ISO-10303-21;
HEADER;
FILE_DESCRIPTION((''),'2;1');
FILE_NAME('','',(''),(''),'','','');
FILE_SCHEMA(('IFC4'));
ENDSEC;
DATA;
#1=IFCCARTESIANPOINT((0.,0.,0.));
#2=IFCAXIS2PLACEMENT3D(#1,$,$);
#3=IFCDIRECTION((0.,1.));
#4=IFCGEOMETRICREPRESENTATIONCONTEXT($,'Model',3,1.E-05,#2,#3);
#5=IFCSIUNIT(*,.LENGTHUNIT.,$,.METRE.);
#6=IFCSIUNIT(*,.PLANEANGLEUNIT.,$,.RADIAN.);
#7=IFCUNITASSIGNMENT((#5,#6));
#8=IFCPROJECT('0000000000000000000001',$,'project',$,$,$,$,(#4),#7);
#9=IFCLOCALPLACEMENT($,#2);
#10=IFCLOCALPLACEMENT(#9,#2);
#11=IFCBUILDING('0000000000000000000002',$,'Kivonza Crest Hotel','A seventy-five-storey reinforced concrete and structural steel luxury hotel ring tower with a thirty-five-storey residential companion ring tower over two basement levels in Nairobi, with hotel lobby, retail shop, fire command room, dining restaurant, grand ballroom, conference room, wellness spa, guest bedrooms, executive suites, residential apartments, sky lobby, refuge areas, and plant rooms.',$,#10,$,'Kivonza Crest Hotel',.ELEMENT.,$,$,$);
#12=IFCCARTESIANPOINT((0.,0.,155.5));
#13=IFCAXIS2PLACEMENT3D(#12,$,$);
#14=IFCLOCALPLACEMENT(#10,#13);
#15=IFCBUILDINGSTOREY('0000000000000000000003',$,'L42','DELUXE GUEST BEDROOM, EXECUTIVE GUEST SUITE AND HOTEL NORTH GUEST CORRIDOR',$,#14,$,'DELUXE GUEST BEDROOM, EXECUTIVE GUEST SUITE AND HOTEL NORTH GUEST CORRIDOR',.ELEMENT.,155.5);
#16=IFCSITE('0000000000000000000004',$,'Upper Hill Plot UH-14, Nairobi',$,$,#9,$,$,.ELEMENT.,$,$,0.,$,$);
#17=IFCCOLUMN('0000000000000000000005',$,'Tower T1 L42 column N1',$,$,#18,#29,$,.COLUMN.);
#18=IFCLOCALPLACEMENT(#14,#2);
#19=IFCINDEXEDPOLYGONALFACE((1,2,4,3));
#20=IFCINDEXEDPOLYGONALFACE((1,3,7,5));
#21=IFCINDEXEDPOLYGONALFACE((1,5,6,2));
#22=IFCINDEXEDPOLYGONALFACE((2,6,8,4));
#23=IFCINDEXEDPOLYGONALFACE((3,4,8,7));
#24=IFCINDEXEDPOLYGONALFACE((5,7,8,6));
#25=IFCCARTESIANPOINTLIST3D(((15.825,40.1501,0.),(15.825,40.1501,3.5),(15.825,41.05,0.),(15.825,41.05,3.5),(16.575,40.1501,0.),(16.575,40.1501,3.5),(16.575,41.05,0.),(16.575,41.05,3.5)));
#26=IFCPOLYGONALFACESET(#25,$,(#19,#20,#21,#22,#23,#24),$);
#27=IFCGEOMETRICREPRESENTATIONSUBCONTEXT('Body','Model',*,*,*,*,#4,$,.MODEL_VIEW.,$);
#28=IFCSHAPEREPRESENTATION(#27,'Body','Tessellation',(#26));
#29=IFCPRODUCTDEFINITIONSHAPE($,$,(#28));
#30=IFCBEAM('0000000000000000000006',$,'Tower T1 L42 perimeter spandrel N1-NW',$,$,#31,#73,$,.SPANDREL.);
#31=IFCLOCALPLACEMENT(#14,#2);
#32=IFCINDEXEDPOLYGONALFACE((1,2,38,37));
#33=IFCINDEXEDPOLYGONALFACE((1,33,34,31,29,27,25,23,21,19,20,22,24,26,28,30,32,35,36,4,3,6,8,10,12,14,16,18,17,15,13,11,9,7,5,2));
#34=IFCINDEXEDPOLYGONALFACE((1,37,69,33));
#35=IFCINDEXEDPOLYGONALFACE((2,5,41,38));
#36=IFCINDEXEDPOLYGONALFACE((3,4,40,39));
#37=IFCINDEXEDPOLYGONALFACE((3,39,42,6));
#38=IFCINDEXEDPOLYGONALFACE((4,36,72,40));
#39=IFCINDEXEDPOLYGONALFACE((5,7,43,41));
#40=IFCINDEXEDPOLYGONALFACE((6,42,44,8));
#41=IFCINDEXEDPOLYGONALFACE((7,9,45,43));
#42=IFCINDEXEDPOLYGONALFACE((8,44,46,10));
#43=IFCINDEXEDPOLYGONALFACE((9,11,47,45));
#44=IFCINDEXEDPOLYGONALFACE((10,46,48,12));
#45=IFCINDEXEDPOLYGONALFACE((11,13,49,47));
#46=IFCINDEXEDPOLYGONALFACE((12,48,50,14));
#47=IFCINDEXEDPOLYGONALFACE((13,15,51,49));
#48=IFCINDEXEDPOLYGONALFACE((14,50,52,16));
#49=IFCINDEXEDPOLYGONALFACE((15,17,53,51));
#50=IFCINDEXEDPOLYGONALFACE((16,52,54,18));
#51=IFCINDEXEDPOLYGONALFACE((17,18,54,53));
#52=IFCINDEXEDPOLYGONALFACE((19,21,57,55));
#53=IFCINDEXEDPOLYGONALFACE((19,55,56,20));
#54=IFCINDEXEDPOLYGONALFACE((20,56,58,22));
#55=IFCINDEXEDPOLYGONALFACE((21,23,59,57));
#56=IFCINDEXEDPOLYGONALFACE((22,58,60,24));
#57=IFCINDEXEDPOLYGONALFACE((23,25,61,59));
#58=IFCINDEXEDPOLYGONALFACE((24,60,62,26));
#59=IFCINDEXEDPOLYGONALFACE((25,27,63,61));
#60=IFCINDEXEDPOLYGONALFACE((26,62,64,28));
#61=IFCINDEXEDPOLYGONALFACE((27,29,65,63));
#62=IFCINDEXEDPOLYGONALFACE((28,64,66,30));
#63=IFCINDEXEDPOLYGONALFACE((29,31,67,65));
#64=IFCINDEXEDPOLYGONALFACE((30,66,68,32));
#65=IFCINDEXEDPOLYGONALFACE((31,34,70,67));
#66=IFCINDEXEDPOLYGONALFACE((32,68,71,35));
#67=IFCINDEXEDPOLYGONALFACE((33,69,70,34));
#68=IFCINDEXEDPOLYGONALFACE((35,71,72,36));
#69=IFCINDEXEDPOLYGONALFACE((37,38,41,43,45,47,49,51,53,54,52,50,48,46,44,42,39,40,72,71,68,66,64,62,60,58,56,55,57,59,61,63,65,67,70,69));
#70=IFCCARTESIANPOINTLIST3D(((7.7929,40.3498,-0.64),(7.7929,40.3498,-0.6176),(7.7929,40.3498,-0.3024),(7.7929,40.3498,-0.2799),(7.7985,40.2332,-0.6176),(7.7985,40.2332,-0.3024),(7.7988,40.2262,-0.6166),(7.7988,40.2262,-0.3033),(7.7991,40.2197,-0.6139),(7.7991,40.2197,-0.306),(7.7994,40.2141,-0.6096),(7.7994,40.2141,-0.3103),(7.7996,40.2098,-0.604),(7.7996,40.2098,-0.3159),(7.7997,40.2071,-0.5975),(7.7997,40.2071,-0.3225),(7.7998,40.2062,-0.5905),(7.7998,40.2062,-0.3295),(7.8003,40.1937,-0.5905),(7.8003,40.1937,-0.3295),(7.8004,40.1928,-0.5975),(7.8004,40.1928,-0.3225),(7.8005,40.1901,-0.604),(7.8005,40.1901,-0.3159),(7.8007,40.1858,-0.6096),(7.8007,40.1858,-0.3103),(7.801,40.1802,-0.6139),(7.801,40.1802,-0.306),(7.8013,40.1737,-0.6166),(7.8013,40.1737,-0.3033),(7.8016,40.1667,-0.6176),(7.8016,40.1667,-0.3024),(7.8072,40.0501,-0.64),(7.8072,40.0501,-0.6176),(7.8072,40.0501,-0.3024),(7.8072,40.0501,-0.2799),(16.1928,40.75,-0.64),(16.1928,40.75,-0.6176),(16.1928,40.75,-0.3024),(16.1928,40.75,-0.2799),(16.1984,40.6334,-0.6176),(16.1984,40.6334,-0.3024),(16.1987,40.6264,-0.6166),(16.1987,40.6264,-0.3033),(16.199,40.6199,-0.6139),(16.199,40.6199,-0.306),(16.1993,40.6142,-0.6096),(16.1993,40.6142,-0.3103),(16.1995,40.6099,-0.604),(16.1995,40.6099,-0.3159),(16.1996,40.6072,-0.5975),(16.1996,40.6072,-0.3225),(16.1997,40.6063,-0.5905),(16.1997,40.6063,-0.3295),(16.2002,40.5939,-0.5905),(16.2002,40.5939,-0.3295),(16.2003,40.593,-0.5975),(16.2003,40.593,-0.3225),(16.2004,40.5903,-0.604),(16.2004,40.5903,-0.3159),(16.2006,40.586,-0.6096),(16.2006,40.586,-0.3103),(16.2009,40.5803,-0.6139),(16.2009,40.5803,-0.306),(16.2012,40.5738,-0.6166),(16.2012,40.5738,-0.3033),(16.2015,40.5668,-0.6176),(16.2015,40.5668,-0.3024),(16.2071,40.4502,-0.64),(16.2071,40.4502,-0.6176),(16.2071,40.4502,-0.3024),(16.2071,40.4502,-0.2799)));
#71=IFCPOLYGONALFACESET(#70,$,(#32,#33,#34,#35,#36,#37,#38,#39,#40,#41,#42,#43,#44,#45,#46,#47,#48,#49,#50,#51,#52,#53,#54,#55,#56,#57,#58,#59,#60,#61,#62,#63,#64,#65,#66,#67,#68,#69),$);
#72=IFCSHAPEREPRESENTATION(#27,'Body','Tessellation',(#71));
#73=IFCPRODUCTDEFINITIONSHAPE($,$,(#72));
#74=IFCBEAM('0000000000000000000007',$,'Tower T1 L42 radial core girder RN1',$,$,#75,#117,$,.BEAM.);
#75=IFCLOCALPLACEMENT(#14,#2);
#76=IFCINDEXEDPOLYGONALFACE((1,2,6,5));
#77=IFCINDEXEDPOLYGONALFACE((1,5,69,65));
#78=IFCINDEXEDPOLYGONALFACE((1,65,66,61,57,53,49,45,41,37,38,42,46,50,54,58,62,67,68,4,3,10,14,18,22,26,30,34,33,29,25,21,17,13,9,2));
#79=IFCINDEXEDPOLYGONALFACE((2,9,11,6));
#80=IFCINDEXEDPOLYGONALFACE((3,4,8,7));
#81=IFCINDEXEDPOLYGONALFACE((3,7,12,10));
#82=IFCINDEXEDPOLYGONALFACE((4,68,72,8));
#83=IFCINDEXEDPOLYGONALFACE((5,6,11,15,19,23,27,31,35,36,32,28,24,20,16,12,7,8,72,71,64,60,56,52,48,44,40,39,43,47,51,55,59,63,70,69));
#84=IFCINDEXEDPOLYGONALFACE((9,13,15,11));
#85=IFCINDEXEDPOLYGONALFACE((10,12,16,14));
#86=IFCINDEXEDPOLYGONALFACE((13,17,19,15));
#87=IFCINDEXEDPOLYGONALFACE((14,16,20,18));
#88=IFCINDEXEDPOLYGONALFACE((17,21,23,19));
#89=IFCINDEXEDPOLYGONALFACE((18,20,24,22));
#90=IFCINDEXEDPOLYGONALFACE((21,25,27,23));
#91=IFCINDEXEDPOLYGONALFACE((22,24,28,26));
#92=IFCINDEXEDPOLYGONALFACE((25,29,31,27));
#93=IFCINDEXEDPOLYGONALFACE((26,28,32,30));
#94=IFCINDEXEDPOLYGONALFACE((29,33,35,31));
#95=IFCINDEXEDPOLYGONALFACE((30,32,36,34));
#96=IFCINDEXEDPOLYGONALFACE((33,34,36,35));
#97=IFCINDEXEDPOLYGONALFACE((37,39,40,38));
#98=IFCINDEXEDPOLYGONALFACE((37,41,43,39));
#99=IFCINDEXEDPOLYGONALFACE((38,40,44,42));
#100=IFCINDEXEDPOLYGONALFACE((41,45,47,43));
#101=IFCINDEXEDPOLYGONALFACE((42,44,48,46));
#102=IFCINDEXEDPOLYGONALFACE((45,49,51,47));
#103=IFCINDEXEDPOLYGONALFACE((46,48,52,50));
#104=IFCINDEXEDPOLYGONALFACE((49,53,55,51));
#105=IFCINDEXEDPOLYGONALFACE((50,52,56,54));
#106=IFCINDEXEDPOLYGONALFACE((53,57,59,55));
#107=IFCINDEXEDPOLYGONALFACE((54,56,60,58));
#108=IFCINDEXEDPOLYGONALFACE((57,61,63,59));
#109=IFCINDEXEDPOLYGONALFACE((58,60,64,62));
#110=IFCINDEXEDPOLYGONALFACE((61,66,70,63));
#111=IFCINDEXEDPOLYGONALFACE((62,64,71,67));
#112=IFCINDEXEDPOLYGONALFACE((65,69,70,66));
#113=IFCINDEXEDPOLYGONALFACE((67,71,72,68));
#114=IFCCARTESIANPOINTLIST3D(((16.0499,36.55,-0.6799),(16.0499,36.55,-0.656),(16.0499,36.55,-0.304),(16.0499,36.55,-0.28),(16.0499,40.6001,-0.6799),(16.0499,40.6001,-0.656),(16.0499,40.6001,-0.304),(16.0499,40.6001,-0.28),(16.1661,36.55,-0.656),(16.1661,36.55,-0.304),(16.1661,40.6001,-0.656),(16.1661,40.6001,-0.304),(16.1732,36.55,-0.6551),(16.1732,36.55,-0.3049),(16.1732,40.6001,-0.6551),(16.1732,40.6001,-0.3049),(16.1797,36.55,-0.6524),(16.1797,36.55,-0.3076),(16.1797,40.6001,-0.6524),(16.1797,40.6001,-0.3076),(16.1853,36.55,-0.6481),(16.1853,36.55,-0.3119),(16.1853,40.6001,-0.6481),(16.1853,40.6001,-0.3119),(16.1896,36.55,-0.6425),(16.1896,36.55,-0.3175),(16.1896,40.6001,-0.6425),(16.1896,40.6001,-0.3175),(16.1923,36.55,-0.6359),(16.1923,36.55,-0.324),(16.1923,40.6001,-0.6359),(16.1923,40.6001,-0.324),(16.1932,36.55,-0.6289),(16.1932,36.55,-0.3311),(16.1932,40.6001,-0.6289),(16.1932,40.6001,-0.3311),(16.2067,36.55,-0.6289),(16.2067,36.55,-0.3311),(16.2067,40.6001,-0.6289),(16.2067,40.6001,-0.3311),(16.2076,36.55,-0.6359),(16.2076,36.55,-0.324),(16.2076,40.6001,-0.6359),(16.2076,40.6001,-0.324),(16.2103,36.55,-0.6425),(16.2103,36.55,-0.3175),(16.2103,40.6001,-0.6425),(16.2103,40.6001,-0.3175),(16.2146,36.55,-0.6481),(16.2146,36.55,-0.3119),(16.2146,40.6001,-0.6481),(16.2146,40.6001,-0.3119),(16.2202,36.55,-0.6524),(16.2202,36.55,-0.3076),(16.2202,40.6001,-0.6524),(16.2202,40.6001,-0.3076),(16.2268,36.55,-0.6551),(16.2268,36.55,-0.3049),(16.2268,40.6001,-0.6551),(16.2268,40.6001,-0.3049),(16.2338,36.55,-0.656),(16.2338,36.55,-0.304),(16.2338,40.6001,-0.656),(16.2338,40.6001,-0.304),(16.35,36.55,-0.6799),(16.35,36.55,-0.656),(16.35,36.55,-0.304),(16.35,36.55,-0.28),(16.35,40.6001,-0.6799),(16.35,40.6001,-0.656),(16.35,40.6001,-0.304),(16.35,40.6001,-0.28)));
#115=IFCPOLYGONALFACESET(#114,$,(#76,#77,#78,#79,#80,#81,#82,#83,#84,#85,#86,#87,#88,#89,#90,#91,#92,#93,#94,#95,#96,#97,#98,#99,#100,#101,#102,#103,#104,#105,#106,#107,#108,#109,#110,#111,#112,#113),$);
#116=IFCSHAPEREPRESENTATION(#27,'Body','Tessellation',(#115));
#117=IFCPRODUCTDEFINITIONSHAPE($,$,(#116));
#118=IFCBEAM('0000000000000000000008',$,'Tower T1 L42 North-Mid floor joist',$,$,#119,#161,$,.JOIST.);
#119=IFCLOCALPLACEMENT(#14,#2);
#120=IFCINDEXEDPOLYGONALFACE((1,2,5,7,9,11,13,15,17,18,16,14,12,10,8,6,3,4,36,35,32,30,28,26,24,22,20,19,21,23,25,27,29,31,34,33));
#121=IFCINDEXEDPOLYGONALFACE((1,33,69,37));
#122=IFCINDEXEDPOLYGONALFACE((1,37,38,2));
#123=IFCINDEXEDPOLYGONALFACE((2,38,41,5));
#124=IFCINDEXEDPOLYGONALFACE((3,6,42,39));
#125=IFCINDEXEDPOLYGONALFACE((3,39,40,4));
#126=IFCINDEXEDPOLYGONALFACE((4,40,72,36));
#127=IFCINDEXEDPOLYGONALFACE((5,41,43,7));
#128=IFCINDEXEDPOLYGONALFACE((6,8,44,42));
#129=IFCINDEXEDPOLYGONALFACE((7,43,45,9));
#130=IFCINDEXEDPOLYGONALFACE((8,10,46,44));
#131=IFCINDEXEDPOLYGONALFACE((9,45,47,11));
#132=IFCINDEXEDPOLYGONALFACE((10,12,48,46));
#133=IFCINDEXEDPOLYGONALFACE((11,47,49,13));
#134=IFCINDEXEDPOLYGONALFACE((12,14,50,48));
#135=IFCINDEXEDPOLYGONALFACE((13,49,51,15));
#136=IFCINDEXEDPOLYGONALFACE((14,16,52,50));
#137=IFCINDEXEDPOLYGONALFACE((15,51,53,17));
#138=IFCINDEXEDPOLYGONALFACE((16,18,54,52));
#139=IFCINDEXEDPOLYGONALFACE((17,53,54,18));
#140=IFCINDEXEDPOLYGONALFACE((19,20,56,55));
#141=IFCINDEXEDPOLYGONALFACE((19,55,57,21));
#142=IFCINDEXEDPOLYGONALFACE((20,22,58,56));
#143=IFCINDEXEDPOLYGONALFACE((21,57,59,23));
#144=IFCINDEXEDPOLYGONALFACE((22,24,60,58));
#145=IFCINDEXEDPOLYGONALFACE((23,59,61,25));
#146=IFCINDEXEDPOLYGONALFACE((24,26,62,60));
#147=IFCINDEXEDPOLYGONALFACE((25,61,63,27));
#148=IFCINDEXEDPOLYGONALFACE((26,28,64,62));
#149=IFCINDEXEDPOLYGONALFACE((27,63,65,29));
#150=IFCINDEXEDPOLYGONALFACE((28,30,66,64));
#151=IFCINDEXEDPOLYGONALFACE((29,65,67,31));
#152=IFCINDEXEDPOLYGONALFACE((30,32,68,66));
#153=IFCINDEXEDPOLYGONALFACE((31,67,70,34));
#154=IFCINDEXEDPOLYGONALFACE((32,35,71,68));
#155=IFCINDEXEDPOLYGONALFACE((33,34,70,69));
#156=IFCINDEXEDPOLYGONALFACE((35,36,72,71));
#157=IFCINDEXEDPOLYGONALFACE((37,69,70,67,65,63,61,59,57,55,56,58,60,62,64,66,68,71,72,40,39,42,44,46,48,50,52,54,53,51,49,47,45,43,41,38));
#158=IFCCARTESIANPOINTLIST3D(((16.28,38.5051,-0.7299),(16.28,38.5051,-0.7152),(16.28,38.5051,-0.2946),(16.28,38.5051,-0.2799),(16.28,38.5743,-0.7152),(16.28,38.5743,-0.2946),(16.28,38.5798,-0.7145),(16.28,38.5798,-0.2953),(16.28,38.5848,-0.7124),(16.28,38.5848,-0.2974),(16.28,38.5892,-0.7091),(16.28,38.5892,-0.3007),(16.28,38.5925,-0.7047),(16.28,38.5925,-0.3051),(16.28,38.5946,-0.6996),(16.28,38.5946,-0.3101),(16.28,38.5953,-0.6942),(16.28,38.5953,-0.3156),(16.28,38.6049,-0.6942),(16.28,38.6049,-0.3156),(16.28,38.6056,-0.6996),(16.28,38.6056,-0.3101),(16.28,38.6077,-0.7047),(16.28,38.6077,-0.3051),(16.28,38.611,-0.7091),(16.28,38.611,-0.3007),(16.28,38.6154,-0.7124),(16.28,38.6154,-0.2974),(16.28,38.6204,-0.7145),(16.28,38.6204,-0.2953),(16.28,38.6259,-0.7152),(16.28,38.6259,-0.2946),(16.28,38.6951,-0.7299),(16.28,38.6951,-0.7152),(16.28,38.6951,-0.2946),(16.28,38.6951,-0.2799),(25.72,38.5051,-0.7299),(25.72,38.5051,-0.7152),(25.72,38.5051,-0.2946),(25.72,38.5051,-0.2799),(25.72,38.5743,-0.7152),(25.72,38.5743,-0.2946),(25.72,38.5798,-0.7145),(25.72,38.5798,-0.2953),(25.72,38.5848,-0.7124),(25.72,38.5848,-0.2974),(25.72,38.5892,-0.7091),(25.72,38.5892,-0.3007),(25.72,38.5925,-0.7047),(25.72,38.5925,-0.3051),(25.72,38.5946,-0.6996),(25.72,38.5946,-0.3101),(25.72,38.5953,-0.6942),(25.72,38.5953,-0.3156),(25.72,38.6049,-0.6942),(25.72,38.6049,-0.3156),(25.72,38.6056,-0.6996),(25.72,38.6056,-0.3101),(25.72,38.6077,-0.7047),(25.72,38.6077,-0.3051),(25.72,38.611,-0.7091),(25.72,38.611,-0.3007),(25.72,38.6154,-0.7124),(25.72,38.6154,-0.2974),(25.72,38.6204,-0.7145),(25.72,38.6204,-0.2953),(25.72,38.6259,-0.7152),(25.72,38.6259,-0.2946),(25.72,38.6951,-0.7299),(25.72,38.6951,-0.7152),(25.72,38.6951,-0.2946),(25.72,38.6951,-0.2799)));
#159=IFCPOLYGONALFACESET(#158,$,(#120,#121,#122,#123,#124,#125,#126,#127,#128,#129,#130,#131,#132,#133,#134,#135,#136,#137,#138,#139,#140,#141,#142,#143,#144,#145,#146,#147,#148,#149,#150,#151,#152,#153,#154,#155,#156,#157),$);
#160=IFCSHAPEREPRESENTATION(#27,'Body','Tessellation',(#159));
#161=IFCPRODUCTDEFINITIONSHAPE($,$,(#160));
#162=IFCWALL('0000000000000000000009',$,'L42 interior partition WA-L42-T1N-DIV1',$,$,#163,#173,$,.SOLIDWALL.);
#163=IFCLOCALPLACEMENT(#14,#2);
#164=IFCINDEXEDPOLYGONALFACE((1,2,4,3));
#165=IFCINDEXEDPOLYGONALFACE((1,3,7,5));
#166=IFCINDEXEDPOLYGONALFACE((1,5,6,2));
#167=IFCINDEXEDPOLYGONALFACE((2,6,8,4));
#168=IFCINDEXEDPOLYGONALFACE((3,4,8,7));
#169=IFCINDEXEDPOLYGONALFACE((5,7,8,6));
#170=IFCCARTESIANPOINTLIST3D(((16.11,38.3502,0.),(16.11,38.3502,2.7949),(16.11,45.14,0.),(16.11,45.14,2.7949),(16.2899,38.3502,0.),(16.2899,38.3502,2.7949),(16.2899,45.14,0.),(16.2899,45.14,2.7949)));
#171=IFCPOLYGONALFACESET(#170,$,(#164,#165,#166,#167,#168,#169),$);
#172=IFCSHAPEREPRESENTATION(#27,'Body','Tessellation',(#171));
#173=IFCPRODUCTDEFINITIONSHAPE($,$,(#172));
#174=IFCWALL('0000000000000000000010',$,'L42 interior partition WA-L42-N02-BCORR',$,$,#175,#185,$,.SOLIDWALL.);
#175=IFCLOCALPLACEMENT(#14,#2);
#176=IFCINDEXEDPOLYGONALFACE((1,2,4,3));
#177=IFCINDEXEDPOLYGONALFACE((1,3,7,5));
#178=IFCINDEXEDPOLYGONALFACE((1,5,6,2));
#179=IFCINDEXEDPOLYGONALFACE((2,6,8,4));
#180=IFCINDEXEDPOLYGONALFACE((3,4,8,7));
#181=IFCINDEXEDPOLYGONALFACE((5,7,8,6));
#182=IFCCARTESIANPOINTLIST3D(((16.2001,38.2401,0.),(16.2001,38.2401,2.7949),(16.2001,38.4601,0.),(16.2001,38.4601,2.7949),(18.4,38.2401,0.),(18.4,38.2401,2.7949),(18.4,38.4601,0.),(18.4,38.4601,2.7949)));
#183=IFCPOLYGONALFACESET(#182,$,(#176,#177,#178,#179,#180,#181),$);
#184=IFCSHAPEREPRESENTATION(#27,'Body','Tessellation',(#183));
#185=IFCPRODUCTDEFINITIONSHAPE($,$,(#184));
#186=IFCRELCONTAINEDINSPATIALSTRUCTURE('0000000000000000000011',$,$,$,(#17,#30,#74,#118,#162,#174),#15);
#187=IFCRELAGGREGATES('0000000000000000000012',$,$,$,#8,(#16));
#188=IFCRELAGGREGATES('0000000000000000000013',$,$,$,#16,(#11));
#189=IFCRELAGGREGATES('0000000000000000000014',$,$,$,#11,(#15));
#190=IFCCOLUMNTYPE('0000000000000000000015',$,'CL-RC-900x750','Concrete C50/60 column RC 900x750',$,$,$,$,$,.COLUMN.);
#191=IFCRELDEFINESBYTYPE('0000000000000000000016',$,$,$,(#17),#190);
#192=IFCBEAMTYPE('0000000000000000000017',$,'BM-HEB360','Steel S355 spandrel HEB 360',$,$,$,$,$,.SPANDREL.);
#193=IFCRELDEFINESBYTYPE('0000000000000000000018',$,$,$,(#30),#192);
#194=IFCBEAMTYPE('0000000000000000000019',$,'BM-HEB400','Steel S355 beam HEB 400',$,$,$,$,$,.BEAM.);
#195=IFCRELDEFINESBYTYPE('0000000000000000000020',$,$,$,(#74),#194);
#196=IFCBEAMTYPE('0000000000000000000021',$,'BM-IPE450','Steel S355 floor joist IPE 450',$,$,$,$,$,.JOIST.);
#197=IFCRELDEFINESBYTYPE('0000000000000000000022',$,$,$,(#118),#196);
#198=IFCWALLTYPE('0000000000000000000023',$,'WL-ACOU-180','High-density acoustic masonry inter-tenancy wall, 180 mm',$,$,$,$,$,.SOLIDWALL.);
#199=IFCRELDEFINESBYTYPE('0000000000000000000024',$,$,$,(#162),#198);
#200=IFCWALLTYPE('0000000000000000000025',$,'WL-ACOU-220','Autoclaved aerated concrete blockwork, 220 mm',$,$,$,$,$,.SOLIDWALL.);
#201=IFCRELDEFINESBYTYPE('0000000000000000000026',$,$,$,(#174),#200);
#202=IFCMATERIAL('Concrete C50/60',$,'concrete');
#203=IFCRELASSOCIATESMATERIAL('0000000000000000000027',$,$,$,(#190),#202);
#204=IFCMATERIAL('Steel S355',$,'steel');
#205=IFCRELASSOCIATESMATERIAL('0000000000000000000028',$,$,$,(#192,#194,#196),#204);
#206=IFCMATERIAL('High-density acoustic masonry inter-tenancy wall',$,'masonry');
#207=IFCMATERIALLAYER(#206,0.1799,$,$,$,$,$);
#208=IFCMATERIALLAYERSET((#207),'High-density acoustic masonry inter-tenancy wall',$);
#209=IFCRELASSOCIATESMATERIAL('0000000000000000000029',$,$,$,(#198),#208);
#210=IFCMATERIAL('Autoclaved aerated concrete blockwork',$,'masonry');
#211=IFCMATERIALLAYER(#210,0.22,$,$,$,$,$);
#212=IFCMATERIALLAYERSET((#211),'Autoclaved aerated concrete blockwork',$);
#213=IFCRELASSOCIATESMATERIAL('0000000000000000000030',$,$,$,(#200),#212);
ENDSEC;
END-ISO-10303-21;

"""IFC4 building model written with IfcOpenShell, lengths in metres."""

from ifc_helpers import new_model, si_unit, direction, frame, frame_2d, origin, origin_2d, place, context, subcontext, project, spatial, rectangle, i_section, extrude, material, layer, layer_set, material_profile, profile_set, type_object, element, save


model = new_model("IFC4")

# Units and contexts
model_context = context("Model", 3, precision=1e-05, world=origin(), true_north=direction((0.0, 1.0)))
body_context = subcontext(model_context, "Body", "Model", "MODEL_VIEW")
ifc_project = project(units=[si_unit("LENGTHUNIT", "METRE"), si_unit("PLANEANGLEUNIT", "RADIAN")], contexts=[model_context])

# Site, building, storey
site_placement = place(None, origin())
site = spatial("IfcSite", under=ifc_project, at=site_placement, Name="Upper Hill Plot UH-14, Nairobi", CompositionType="ELEMENT", RefElevation=0.0)
building_placement = place(site_placement, origin())
building = spatial("IfcBuilding", under=site, at=building_placement, Name="Kivonza Crest Hotel", Description="A seventy-five-storey reinforced concrete and structural steel luxury hotel ring tower with a thirty-five-storey residential companion ring tower over two basement levels in Nairobi, with hotel lobby, retail shop, fire command room, dining restaurant, grand ballroom, conference room, wellness spa, guest bedrooms, executive suites, residential apartments, sky lobby, refuge areas, and plant rooms.", LongName="Kivonza Crest Hotel", CompositionType="ELEMENT")
storey_placement = place(building_placement, frame((0.0, 0.0, 155.5)))
storey = spatial("IfcBuildingStorey", under=building, at=storey_placement, Name="L42", Description="DELUXE GUEST BEDROOM, EXECUTIVE GUEST SUITE AND HOTEL NORTH GUEST CORRIDOR", LongName="DELUXE GUEST BEDROOM, EXECUTIVE GUEST SUITE AND HOTEL NORTH GUEST CORRIDOR", CompositionType="ELEMENT", Elevation=155.5)

# Column
ifc_material_1 = material(Name="Concrete C50/60", Category="concrete")
ifc_material_profile_1 = material_profile(ifc_material_1, rectangle(XDim=0.75, YDim=0.8999, at=origin_2d()), Name="RC 900x750")
ifc_profile_set_1 = profile_set([ifc_material_profile_1], Name="Concrete C50/60")
column_type = type_object("IfcColumnType", Name="CL-RC-900x750", Description="Concrete C50/60 column RC 900x750", PredefinedType="COLUMN", material=ifc_profile_set_1)
column_placement = place(storey_placement, frame((16.2, 40.6001, 0.0), z_axis=(0.0, 0.0, 1.0), x_axis=(1.0, 0.0, 0.0)))
element("IfcColumn", 1, at=column_placement, inside=storey, type_object=column_type, Name="Tower T1 L42 column N1", PredefinedType="COLUMN", context=body_context, shape_type="SweptSolid", body=[
    extrude(rectangle(XDim=0.75, YDim=0.8999, at=origin_2d()), origin(), (0.0, 0.0, 1.0), 3.5),
])

# Beams
ifc_material_2 = material(Name="Steel S355", Category="steel")
ifc_material_profile_2 = material_profile(ifc_material_2, i_section(OverallWidth=0.3, OverallDepth=0.3601, WebThickness=0.0125, FlangeThickness=0.0225, FilletRadius=0.0271, at=origin_2d()), Name="HEB 360")
ifc_profile_set_2 = profile_set([ifc_material_profile_2], Name="Steel S355")
beam_type_1 = type_object("IfcBeamType", Name="BM-HEB360", Description="Steel S355 spandrel HEB 360", PredefinedType="SPANDREL", material=ifc_profile_set_2)
beam_1_placement = place(storey_placement, frame((16.2, 40.6001, -0.46), z_axis=(-0.998867, -0.047583, 0.0), x_axis=(0.047583, -0.998867, 0.0)))
element("IfcBeam", 2, at=beam_1_placement, inside=storey, type_object=beam_type_1, Name="Tower T1 L42 perimeter spandrel N1-NW", PredefinedType="SPANDREL", context=body_context, shape_type="SweptSolid", body=[
    extrude(i_section(OverallWidth=0.3, OverallDepth=0.3601, WebThickness=0.0125, FlangeThickness=0.0225, FilletRadius=0.0271, at=origin_2d()), origin(), (0.0, 0.0, 1.0), 8.4094),
])
ifc_material_profile_3 = material_profile(ifc_material_2, i_section(OverallWidth=0.3, OverallDepth=0.3999, WebThickness=0.0134, FlangeThickness=0.0239, FilletRadius=0.0271, at=origin_2d()), Name="HEB 400")
ifc_profile_set_3 = profile_set([ifc_material_profile_3], Name="Steel S355")
beam_type_2 = type_object("IfcBeamType", Name="BM-HEB400", Description="Steel S355 beam HEB 400", PredefinedType="BEAM", material=ifc_profile_set_3)
beam_2_placement = place(storey_placement, frame((16.2, 40.6001, -0.48), z_axis=(0.0, -1.0, 0.0), x_axis=(1.0, 0.0, 0.0)))
element("IfcBeam", 3, at=beam_2_placement, inside=storey, type_object=beam_type_2, Name="Tower T1 L42 radial core girder RN1", PredefinedType="BEAM", context=body_context, shape_type="SweptSolid", body=[
    extrude(i_section(OverallWidth=0.3, OverallDepth=0.3999, WebThickness=0.0134, FlangeThickness=0.0239, FilletRadius=0.0271, at=origin_2d()), origin(), (0.0, 0.0, 1.0), 4.05),
])
ifc_material_profile_4 = material_profile(ifc_material_2, i_section(OverallWidth=0.1899, OverallDepth=0.45, WebThickness=0.0095, FlangeThickness=0.0146, FilletRadius=0.021, at=origin_2d()), Name="IPE 450")
ifc_profile_set_4 = profile_set([ifc_material_profile_4], Name="Steel S355")
beam_type_3 = type_object("IfcBeamType", Name="BM-IPE450", Description="Steel S355 floor joist IPE 450", PredefinedType="JOIST", material=ifc_profile_set_4)
beam_3_placement = place(storey_placement, frame((16.28, 38.6001, -0.5049), z_axis=(1.0, 0.0, 0.0), x_axis=(0.0, 1.0, 0.0)))
element("IfcBeam", 4, at=beam_3_placement, inside=storey, type_object=beam_type_3, Name="Tower T1 L42 North-Mid floor joist", PredefinedType="JOIST", context=body_context, shape_type="SweptSolid", body=[
    extrude(i_section(OverallWidth=0.1899, OverallDepth=0.45, WebThickness=0.0095, FlangeThickness=0.0146, FilletRadius=0.021, at=origin_2d()), origin(), (0.0, 0.0, 1.0), 9.4399),
])

# Walls
ifc_material_3 = material(Name="High-density acoustic masonry inter-tenancy wall", Category="masonry")
ifc_layer_1 = layer(ifc_material_3, 0.1799)
ifc_layer_set_1 = layer_set([ifc_layer_1], Name="High-density acoustic masonry inter-tenancy wall")
wall_type_1 = type_object("IfcWallType", Name="WL-ACOU-180", Description="High-density acoustic masonry inter-tenancy wall, 180 mm", PredefinedType="SOLIDWALL", material=ifc_layer_set_1)
wall_1_placement = place(storey_placement, frame((16.2, 38.3501, 0.0), z_axis=(0.0, 0.0, 1.0), x_axis=(0.0, 1.0, 0.0)))
element("IfcWall", 5, at=wall_1_placement, inside=storey, type_object=wall_type_1, Name="L42 interior partition WA-L42-T1N-DIV1", PredefinedType="SOLIDWALL", context=body_context, shape_type="SweptSolid", body=[
    extrude(rectangle(XDim=6.7898, YDim=0.1799, at=frame_2d((3.395, 0.0))), origin(), (0.0, 0.0, 1.0), 2.7949),
])
ifc_material_4 = material(Name="Autoclaved aerated concrete blockwork", Category="masonry")
ifc_layer_2 = layer(ifc_material_4, 0.22)
ifc_layer_set_2 = layer_set([ifc_layer_2], Name="Autoclaved aerated concrete blockwork")
wall_type_2 = type_object("IfcWallType", Name="WL-ACOU-220", Description="Autoclaved aerated concrete blockwork, 220 mm", PredefinedType="SOLIDWALL", material=ifc_layer_set_2)
wall_2_placement = place(storey_placement, frame((16.2, 38.3501, 0.0), z_axis=(0.0, 0.0, 1.0), x_axis=(1.0, 0.0, 0.0)))
element("IfcWall", 6, at=wall_2_placement, inside=storey, type_object=wall_type_2, Name="L42 interior partition WA-L42-N02-BCORR", PredefinedType="SOLIDWALL", context=body_context, shape_type="SweptSolid", body=[
    extrude(rectangle(XDim=2.2, YDim=0.22, at=frame_2d((1.1001, 0.0))), origin(), (0.0, 0.0, 1.0), 2.7949),
])

save(model, "model.ifc")
